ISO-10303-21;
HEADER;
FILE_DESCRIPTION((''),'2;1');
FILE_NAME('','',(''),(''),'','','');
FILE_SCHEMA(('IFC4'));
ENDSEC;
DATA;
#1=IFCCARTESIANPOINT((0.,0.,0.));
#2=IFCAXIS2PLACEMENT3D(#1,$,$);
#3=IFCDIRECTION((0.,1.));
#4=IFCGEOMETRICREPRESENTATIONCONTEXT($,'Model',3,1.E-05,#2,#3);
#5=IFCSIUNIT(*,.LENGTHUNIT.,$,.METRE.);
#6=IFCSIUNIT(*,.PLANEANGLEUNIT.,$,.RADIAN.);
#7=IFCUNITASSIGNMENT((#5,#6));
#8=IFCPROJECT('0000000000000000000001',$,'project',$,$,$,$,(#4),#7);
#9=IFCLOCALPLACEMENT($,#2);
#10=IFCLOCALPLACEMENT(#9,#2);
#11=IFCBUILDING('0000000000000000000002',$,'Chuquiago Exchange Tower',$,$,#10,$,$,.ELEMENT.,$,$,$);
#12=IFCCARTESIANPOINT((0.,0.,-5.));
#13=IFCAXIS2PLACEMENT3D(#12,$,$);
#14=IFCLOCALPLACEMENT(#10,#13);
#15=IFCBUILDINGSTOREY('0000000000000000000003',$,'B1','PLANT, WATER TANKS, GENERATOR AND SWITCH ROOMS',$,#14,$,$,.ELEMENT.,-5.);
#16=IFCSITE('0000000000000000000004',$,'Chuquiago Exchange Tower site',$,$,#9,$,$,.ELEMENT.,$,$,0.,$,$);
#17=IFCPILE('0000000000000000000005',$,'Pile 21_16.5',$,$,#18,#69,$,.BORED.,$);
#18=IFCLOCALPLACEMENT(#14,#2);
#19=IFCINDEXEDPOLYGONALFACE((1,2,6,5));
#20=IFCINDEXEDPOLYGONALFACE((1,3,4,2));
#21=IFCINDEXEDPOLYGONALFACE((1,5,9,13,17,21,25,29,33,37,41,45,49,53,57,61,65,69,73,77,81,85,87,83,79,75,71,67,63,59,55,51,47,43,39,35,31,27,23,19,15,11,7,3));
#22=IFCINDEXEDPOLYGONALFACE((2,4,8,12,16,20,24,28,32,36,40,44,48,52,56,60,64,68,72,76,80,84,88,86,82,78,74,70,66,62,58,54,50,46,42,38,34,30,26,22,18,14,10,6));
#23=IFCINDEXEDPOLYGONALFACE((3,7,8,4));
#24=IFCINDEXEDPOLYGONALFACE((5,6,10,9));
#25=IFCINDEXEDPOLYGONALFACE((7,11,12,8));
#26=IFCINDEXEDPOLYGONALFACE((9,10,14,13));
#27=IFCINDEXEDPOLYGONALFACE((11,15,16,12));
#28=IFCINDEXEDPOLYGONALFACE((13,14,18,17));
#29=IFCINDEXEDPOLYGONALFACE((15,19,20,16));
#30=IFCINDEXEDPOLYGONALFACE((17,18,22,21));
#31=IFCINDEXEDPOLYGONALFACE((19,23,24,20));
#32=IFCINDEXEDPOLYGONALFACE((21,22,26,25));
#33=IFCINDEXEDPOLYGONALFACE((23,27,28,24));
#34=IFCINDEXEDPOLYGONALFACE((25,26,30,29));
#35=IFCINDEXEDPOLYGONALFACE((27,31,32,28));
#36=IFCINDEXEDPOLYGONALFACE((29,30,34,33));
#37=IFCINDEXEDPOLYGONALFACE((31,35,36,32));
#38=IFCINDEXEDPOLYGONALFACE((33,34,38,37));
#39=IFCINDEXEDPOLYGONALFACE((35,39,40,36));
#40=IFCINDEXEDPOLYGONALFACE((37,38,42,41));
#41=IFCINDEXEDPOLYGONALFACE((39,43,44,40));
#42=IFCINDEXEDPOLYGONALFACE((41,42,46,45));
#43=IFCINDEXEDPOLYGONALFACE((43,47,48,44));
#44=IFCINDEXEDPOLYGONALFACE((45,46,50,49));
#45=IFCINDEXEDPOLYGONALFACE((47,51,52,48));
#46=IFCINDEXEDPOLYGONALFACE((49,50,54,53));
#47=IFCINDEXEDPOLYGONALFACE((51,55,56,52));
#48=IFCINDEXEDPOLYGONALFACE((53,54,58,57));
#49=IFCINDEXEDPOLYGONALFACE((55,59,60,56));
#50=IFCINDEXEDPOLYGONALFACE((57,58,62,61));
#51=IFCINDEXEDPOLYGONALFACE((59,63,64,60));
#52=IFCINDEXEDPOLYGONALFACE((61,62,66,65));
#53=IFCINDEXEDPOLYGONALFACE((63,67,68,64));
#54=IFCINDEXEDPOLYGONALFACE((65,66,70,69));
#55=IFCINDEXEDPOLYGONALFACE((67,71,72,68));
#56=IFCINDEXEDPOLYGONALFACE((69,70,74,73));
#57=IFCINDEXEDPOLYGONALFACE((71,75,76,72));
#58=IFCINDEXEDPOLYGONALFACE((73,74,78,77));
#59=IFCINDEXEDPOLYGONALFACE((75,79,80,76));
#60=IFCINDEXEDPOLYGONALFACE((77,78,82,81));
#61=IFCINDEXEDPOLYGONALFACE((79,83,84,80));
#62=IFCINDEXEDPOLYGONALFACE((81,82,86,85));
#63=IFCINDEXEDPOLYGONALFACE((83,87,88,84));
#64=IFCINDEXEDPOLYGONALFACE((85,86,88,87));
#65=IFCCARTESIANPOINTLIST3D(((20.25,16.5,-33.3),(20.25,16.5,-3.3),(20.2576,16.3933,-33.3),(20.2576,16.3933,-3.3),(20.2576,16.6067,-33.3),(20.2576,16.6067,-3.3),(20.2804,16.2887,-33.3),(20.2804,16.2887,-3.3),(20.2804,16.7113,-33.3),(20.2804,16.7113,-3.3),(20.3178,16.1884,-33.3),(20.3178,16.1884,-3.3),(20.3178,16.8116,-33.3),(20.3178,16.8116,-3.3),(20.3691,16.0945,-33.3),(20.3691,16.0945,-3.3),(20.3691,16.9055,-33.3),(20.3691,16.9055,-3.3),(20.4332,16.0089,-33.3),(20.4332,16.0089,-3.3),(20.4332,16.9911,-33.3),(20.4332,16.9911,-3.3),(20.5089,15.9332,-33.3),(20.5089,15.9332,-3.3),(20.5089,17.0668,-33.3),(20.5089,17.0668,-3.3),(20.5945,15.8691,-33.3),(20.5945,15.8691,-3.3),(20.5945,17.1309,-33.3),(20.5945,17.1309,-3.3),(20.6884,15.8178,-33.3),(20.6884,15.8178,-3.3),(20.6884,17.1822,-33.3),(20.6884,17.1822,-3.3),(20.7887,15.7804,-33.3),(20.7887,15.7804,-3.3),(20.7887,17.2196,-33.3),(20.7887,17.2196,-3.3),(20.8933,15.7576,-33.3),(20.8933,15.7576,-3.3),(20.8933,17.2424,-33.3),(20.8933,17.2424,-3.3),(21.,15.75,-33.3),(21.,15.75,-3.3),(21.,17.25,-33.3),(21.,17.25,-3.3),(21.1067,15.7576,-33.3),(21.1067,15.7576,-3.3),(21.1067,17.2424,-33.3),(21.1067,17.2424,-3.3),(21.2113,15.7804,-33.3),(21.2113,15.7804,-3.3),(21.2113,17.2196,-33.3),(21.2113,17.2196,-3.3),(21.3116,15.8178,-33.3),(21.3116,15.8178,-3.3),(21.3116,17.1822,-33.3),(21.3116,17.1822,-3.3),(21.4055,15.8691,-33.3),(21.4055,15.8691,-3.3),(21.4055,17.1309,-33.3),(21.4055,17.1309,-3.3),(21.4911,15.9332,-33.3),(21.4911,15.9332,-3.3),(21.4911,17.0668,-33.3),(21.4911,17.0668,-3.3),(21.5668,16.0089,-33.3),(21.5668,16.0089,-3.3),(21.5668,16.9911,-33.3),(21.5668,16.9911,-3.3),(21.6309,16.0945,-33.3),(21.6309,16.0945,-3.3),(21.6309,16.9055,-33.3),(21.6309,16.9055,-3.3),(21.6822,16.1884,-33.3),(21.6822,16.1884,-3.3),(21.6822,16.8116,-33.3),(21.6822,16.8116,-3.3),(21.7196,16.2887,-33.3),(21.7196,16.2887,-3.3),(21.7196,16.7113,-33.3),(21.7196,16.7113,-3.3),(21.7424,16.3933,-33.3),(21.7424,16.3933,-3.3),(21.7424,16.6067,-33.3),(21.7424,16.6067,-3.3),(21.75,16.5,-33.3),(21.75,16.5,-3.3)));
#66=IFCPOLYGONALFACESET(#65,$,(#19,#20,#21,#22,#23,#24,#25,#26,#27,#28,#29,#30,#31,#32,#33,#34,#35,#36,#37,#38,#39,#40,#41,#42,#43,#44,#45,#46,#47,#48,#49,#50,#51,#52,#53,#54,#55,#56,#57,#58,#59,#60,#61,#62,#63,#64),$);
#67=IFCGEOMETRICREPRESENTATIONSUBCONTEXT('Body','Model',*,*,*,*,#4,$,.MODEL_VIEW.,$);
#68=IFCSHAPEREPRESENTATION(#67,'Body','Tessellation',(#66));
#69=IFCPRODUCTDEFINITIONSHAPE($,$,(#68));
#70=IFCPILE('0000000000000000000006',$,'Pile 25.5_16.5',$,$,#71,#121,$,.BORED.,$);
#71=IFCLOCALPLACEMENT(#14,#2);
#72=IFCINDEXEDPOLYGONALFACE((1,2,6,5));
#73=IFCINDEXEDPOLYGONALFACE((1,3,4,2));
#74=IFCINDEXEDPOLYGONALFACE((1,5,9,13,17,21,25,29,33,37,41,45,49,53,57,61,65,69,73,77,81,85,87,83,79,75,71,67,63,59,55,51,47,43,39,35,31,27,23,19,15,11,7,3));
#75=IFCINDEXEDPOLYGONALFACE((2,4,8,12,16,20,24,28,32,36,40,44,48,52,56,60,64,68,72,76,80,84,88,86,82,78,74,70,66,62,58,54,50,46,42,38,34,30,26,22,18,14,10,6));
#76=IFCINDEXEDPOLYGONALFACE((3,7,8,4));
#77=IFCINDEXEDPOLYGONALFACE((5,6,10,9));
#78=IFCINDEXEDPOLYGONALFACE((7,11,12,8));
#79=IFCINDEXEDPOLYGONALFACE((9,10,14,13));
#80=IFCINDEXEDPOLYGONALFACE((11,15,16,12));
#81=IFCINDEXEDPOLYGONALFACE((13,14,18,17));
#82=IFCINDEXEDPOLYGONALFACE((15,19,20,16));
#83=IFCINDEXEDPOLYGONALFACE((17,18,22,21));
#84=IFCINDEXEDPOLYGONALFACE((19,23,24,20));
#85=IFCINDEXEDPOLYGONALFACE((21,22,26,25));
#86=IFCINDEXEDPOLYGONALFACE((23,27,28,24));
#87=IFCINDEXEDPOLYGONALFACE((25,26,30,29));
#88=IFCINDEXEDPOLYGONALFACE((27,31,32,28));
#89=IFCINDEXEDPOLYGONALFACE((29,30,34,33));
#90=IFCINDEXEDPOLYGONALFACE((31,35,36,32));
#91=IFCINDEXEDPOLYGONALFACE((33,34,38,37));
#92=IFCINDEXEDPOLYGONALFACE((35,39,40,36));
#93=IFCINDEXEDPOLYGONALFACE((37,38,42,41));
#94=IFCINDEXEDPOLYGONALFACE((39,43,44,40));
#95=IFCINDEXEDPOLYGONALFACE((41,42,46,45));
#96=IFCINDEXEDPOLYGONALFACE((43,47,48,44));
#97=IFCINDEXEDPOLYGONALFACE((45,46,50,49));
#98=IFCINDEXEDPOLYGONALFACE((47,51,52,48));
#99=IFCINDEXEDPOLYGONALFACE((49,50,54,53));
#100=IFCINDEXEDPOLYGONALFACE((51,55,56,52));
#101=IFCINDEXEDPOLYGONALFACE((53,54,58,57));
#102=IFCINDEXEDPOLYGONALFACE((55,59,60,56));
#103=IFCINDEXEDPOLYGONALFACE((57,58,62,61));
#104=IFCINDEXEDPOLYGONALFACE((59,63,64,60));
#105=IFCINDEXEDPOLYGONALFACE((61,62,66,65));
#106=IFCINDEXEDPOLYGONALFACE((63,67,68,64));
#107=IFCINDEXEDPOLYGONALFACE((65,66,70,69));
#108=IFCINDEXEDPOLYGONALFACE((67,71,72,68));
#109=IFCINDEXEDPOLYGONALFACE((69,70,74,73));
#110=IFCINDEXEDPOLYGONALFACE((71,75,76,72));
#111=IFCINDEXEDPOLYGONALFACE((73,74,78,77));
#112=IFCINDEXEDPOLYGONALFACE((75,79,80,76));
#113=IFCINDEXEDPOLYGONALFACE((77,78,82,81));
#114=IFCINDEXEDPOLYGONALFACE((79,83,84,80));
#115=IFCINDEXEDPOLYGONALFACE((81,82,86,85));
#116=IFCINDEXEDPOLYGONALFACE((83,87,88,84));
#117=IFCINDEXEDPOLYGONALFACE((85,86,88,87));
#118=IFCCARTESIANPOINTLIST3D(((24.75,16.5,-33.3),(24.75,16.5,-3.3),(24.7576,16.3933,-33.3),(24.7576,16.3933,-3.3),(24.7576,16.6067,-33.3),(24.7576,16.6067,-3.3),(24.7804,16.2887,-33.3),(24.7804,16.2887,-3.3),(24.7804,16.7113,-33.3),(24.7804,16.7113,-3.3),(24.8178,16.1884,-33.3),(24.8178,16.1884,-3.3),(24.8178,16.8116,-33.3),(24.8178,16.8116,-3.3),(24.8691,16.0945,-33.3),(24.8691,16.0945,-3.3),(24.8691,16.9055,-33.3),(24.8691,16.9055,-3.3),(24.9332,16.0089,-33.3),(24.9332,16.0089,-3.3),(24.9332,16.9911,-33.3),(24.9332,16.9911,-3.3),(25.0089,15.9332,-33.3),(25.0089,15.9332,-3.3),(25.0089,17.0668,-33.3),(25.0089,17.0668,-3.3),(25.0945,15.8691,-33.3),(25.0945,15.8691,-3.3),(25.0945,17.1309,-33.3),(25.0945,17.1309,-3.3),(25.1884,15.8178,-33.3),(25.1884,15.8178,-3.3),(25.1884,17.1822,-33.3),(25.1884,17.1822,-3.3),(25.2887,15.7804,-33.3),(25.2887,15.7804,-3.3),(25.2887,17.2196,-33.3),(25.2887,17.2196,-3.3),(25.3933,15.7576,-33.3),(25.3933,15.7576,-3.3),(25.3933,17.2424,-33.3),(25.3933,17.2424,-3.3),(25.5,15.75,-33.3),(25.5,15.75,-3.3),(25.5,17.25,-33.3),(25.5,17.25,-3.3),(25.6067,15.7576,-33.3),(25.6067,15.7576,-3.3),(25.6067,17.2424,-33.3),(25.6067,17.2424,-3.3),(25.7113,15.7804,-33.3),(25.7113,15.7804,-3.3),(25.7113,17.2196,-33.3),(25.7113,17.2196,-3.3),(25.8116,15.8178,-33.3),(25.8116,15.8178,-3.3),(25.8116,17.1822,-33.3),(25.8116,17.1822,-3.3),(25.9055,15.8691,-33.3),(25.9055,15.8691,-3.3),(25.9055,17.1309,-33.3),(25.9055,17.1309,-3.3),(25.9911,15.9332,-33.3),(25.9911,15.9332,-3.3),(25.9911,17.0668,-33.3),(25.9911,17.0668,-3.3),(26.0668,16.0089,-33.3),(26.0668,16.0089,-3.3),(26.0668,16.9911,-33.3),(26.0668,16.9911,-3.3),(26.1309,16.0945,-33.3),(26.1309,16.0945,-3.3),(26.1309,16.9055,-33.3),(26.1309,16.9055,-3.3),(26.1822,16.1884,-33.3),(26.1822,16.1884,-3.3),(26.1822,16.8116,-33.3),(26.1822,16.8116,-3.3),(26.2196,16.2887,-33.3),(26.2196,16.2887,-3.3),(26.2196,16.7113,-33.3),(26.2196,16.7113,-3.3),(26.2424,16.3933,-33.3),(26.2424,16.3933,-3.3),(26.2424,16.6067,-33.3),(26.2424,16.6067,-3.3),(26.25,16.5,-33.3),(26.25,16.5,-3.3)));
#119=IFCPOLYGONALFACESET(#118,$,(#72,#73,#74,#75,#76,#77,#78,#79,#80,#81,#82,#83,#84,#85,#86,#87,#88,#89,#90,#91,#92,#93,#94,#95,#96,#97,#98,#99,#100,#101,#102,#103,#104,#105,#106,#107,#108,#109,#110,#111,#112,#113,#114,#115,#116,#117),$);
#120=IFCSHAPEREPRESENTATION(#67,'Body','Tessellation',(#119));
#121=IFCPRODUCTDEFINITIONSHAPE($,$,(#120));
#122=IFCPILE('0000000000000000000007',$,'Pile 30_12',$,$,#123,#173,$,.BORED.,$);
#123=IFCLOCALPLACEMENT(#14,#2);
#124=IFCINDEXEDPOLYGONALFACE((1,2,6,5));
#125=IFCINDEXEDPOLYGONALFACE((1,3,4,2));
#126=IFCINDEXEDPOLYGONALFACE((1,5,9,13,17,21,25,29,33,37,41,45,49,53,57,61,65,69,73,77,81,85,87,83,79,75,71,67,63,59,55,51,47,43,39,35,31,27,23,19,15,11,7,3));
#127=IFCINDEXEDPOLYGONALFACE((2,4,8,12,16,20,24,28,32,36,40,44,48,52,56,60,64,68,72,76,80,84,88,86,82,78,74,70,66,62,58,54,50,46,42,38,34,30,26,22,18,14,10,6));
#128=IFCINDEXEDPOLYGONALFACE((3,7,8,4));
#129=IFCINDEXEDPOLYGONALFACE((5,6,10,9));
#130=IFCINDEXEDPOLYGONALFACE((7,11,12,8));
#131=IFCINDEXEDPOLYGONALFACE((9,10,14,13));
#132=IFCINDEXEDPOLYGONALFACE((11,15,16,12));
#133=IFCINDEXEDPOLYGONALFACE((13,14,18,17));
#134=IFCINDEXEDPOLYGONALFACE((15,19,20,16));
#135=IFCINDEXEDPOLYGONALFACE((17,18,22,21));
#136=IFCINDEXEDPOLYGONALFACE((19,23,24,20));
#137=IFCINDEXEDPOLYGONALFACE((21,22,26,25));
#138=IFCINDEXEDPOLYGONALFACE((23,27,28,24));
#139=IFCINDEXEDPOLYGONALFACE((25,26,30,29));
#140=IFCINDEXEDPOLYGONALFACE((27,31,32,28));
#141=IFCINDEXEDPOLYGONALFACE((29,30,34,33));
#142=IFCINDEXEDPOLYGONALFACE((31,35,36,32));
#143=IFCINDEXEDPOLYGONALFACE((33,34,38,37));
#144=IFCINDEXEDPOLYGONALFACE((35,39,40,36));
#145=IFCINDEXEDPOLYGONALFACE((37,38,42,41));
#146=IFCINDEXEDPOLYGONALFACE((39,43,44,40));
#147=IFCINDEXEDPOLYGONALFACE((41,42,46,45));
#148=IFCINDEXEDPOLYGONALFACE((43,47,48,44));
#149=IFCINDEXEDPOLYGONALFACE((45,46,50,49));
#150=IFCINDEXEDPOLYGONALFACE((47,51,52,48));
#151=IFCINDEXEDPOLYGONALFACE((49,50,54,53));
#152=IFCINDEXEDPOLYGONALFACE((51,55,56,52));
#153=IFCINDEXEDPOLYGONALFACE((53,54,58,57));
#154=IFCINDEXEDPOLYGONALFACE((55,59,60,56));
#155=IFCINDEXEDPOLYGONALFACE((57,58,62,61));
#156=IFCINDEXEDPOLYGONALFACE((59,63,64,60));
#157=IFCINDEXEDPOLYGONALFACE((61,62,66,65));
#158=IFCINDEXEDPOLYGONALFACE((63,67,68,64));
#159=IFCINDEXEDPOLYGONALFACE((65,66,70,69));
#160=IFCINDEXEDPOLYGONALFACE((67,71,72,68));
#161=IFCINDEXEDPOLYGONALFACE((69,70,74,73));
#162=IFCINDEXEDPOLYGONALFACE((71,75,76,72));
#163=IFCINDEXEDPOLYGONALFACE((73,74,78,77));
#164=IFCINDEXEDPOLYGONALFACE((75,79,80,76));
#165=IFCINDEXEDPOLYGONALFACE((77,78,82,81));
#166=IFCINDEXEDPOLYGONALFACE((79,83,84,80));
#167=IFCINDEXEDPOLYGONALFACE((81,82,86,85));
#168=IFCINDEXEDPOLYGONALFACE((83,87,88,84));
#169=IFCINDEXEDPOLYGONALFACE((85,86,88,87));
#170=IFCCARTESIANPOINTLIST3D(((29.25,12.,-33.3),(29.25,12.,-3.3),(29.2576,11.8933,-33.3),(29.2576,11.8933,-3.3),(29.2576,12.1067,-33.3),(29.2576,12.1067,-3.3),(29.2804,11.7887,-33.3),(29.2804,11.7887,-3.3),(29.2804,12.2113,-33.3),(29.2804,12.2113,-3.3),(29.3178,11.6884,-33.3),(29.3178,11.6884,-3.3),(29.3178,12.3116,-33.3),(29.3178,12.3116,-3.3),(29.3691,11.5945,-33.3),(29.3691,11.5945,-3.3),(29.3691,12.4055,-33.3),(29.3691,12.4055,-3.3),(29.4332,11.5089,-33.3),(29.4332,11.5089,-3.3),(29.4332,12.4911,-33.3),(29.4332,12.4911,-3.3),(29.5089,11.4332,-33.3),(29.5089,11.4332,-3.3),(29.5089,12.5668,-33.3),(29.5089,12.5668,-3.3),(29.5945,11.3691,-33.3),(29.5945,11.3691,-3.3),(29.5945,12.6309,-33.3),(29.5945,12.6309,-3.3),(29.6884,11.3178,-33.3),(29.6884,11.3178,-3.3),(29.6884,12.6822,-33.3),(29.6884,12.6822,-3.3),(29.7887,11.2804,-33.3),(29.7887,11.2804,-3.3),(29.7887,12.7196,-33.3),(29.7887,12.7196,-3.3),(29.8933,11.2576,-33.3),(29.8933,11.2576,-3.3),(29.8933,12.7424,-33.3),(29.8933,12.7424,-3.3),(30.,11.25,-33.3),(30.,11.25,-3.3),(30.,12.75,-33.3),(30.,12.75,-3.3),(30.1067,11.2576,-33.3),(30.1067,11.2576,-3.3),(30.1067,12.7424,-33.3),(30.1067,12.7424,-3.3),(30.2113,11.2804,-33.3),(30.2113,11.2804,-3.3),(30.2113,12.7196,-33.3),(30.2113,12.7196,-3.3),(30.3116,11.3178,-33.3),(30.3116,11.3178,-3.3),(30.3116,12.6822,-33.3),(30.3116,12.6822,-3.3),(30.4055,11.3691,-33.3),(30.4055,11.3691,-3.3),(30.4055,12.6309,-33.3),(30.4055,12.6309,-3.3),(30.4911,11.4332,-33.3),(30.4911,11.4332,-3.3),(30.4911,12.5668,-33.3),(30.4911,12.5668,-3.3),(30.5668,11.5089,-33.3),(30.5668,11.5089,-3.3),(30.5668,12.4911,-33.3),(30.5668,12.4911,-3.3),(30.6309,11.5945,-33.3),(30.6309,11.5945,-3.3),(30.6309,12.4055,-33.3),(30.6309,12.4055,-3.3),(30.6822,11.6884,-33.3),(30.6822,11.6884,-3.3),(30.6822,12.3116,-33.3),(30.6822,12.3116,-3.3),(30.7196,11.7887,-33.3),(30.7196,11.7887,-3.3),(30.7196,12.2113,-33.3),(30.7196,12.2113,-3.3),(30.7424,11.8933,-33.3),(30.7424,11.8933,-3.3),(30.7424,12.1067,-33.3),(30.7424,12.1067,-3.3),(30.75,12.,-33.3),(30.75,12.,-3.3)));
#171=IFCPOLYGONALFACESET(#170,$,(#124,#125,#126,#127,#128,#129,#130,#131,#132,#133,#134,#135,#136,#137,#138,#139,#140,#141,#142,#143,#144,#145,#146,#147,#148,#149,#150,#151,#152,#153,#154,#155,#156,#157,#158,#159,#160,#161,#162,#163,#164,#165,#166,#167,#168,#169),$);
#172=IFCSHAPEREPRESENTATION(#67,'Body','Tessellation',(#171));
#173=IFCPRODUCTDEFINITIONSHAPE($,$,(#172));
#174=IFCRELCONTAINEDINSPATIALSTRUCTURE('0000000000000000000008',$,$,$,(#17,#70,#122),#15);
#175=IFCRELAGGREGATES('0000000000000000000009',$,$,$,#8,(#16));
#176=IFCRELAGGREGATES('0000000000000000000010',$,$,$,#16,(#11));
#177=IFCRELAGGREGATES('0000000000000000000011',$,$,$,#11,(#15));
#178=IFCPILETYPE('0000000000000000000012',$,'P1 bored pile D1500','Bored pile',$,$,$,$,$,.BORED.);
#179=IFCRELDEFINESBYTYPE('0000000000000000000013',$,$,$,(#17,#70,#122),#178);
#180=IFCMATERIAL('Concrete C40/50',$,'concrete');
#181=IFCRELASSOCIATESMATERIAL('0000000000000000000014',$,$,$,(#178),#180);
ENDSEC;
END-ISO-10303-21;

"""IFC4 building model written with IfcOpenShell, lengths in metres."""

from ifc_helpers import new_model, si_unit, direction, frame, origin, origin_2d, place, context, subcontext, project, spatial, circle, extrude, material, material_profile, profile_set, type_object, element, save


model = new_model("IFC4")

# Units and contexts
model_context = context("Model", 3, precision=1e-05, world=origin(), true_north=direction((0.0, 1.0)))
body_context = subcontext(model_context, "Body", "Model", "MODEL_VIEW")
ifc_project = project(units=[si_unit("LENGTHUNIT", "METRE"), si_unit("PLANEANGLEUNIT", "RADIAN")], contexts=[model_context])

# Site, building, storey
site_placement = place(None, origin())
site = spatial("IfcSite", under=ifc_project, at=site_placement, Name="Chuquiago Exchange Tower site", CompositionType="ELEMENT", RefElevation=0.0)
building_placement = place(site_placement, origin())
building = spatial("IfcBuilding", under=site, at=building_placement, Name="Chuquiago Exchange Tower", CompositionType="ELEMENT")
storey_placement = place(building_placement, frame((0.0, 0.0, -5.0)))
storey = spatial("IfcBuildingStorey", under=building, at=storey_placement, Name="B1", Description="PLANT, WATER TANKS, GENERATOR AND SWITCH ROOMS", CompositionType="ELEMENT", Elevation=-5.0)

# Piles
ifc_material_1 = material(Name="Concrete C40/50", Category="concrete")
ifc_material_profile_1 = material_profile(ifc_material_1, circle(Radius=0.75, at=origin_2d()), Name="D1500")
ifc_profile_set_1 = profile_set([ifc_material_profile_1], Name="Concrete C40/50")
pile_type = type_object("IfcPileType", Name="P1 bored pile D1500", Description="Bored pile", PredefinedType="BORED", material=ifc_profile_set_1)
for number, where, z_axis, x_axis, name in (
    (1, (21.0, 16.5, -3.3), (0.0, 0.0, -1.0), (1.0, 0.0, 0.0), "Pile 21_16.5"),
    (2, (25.5, 16.5, -3.3), (0.0, 0.0, -1.0), (1.0, 0.0, 0.0), "Pile 25.5_16.5"),
    (3, (30.0, 12.0, -3.3), (0.0, 0.0, -1.0), (1.0, 0.0, 0.0), "Pile 30_12"),
):
    element("IfcPile", number, at=place(storey_placement, frame(where, z_axis=z_axis, x_axis=x_axis)), inside=storey, type_object=pile_type, Name=name, PredefinedType="BORED", context=body_context, shape_type="SweptSolid", body=[
        extrude(circle(Radius=0.75, at=origin_2d()), origin(), (0.0, 0.0, 1.0), 30.0),
    ])

save(model, "model.ifc")
